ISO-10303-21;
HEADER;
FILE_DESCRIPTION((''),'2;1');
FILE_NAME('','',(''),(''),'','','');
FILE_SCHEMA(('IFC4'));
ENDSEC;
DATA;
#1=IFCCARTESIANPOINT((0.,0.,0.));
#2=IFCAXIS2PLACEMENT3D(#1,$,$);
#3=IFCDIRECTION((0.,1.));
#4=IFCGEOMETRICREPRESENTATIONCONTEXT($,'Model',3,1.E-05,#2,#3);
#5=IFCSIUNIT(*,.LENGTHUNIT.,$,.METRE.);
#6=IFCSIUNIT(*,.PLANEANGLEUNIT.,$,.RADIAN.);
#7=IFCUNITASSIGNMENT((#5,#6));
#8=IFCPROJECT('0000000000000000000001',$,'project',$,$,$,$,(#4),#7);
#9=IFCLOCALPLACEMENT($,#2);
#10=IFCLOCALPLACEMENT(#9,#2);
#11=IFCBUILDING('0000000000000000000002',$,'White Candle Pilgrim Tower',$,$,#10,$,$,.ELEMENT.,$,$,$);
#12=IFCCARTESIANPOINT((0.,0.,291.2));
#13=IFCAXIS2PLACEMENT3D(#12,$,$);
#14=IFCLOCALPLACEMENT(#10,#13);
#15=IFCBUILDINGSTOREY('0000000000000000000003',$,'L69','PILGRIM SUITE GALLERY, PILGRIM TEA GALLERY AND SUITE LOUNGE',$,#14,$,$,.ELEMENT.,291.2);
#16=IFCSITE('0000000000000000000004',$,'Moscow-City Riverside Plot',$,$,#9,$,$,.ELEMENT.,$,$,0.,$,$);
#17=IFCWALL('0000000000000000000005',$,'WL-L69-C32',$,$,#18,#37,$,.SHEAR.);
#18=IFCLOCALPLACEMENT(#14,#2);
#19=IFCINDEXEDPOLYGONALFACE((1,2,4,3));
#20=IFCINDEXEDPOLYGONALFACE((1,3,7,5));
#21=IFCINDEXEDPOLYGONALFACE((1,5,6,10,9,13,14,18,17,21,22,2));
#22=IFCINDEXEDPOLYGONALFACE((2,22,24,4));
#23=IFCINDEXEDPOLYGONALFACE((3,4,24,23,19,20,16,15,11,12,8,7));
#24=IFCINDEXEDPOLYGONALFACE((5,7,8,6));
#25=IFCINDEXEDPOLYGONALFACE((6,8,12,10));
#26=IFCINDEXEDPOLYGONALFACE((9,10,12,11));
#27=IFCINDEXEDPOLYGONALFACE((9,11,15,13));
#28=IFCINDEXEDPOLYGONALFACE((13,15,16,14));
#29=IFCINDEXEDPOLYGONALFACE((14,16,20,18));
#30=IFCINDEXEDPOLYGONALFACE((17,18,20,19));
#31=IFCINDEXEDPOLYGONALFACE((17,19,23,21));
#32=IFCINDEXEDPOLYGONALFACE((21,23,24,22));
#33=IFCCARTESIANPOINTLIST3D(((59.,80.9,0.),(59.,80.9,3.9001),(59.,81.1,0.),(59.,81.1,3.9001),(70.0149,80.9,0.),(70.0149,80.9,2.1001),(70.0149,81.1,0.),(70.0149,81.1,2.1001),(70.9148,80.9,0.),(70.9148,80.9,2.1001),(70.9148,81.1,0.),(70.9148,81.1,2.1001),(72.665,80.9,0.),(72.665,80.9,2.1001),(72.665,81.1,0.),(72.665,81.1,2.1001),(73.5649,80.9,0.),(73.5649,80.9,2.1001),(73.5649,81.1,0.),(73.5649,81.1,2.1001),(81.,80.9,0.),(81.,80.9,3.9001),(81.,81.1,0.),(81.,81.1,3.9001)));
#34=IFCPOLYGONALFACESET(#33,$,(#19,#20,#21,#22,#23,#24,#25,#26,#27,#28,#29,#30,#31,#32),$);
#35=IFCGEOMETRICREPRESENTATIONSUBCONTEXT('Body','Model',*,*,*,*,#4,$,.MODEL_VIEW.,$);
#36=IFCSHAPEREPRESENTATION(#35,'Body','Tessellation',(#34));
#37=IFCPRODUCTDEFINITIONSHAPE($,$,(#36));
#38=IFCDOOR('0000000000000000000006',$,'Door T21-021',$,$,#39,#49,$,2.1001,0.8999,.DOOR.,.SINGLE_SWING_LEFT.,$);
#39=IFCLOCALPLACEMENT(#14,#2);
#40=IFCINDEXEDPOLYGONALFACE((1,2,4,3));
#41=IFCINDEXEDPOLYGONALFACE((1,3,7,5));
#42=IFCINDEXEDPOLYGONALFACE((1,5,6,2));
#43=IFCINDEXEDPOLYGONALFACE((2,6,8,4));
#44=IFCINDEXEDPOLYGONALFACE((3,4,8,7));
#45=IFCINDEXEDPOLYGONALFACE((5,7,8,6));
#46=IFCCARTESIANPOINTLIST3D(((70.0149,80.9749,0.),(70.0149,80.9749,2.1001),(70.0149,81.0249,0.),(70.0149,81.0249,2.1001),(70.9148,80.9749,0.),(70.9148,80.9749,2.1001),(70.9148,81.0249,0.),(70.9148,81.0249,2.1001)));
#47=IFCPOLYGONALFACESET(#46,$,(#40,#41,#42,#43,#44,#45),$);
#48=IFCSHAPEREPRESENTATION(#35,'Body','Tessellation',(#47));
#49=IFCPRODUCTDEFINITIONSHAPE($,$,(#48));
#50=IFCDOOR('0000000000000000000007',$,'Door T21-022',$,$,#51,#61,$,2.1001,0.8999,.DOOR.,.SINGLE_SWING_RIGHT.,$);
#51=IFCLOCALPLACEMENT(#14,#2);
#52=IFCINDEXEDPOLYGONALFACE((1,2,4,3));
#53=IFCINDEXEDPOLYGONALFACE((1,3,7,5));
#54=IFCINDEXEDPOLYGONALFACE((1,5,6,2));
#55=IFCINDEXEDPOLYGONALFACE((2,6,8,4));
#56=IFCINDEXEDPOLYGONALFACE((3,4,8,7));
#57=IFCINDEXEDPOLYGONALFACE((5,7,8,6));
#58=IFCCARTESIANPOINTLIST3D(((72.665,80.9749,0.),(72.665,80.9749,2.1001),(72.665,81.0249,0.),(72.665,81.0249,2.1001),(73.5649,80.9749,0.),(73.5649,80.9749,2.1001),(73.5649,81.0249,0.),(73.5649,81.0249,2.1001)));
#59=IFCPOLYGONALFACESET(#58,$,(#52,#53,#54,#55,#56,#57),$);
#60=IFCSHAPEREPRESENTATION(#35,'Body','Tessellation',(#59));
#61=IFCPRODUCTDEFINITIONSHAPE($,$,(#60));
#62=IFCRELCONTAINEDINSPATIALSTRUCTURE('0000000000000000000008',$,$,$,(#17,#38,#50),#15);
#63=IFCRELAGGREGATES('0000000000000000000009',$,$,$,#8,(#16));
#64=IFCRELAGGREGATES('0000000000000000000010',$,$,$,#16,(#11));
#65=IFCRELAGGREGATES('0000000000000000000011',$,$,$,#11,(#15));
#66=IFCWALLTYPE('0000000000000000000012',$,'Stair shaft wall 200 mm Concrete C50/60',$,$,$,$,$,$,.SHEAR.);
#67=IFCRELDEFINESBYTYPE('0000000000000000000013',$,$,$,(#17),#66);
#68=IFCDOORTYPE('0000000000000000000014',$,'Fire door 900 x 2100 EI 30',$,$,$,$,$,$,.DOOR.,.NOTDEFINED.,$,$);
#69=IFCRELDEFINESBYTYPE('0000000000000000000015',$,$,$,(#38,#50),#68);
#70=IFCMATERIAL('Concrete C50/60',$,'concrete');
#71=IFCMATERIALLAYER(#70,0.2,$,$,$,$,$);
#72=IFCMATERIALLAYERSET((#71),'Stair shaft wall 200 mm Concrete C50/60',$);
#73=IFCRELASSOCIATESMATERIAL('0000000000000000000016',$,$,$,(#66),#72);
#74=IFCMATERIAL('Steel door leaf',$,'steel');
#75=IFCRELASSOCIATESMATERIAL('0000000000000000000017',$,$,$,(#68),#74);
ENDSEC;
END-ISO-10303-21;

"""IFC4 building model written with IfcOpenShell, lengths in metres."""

from ifc_helpers import new_model, si_unit, direction, frame, frame_2d, origin, place, context, subcontext, project, spatial, rectangle, extrude, material, layer, layer_set, type_object, element, fill, save


model = new_model("IFC4")

# Units and contexts
model_context = context("Model", 3, precision=1e-05, world=origin(), true_north=direction((0.0, 1.0)))
body_context = subcontext(model_context, "Body", "Model", "MODEL_VIEW")
ifc_project = project(units=[si_unit("LENGTHUNIT", "METRE"), si_unit("PLANEANGLEUNIT", "RADIAN")], contexts=[model_context])

# Site, building, storey
site_placement = place(None, origin())
site = spatial("IfcSite", under=ifc_project, at=site_placement, Name="Moscow-City Riverside Plot", CompositionType="ELEMENT", RefElevation=0.0)
building_placement = place(site_placement, origin())
building = spatial("IfcBuilding", under=site, at=building_placement, Name="White Candle Pilgrim Tower", CompositionType="ELEMENT")
storey_placement = place(building_placement, frame((0.0, 0.0, 291.2)))
storey = spatial("IfcBuildingStorey", under=building, at=storey_placement, Name="L69", Description="PILGRIM SUITE GALLERY, PILGRIM TEA GALLERY AND SUITE LOUNGE", CompositionType="ELEMENT", Elevation=291.2)

# Shared definitions
ifc_material_1 = material(Name="Concrete C50/60", Category="concrete")

# Wall, openings, doors
ifc_layer_1 = layer(ifc_material_1, 0.2)
ifc_layer_set_1 = layer_set([ifc_layer_1], Name="Stair shaft wall 200 mm Concrete C50/60")
wall_type_1 = type_object("IfcWallType", Name="Stair shaft wall 200 mm Concrete C50/60", PredefinedType="SHEAR", material=ifc_layer_set_1)
wall_1_placement = place(storey_placement, frame((59.0, 81.0, 0.0), z_axis=(0.0, 0.0, 1.0), x_axis=(1.0, 0.0, 0.0)))
wall_1 = element("IfcWall", 1, at=wall_1_placement, inside=storey, type_object=wall_type_1, Name="WL-L69-C32", PredefinedType="SHEAR", context=body_context, shape_type="SweptSolid", body=[
    extrude(rectangle(XDim=22.0, YDim=0.2, at=frame_2d((11.0, 0.0))), origin(), (0.0, 0.0, 1.0), 3.9001),
])
opening_1_placement = place(wall_1_placement, frame((11.0149, 0.0, 0.0)))
opening_1 = element("IfcOpeningElement", 2, at=opening_1_placement, cuts=wall_1, PredefinedType="OPENING", context=body_context, shape_type="SweptSolid", body=[
    extrude(rectangle(XDim=0.8999, YDim=2.1001, at=frame_2d((0.45, 1.05))), frame((0.0, 0.1099, 0.0), z_axis=(0.0, -1.0, 0.0), x_axis=(1.0, 0.0, 0.0)), (0.0, 0.0, 1.0), 0.22),
])
opening_2_placement = place(wall_1_placement, frame((13.665, 0.0, 0.0)))
opening_2 = element("IfcOpeningElement", 3, at=opening_2_placement, cuts=wall_1, PredefinedType="OPENING", context=body_context, shape_type="SweptSolid", body=[
    extrude(rectangle(XDim=0.8999, YDim=2.1001, at=frame_2d((0.45, 1.05))), frame((0.0, 0.1099, 0.0), z_axis=(0.0, -1.0, 0.0), x_axis=(1.0, 0.0, 0.0)), (0.0, 0.0, 1.0), 0.22),
])
ifc_material_2 = material(Name="Steel door leaf", Category="steel")
door_type = type_object("IfcDoorType", Name="Fire door 900 x 2100 EI 30", OperationType="NOTDEFINED", PredefinedType="DOOR", material=ifc_material_2)
door_1_placement = place(opening_1_placement, origin())
door_1 = element("IfcDoor", 4, at=door_1_placement, inside=storey, type_object=door_type, Name="Door T21-021", OperationType="SINGLE_SWING_LEFT", OverallHeight=2.1001, OverallWidth=0.8999, PredefinedType="DOOR", context=body_context, shape_type="SweptSolid", body=[
    extrude(rectangle(XDim=0.8999, YDim=2.1001, at=frame_2d((0.45, 1.05))), frame((0.0, 0.0249, 0.0), z_axis=(0.0, -1.0, 0.0), x_axis=(1.0, 0.0, 0.0)), (0.0, 0.0, 1.0), 0.05),
])
fill(opening_1, door_1)
door_2_placement = place(opening_2_placement, origin())
door_2 = element("IfcDoor", 5, at=door_2_placement, inside=storey, type_object=door_type, Name="Door T21-022", OperationType="SINGLE_SWING_RIGHT", OverallHeight=2.1001, OverallWidth=0.8999, PredefinedType="DOOR", context=body_context, shape_type="SweptSolid", body=[
    extrude(rectangle(XDim=0.8999, YDim=2.1001, at=frame_2d((0.45, 1.05))), frame((0.0, 0.0249, 0.0), z_axis=(0.0, -1.0, 0.0), x_axis=(1.0, 0.0, 0.0)), (0.0, 0.0, 1.0), 0.05),
])
fill(opening_2, door_2)

save(model, "model.ifc")
